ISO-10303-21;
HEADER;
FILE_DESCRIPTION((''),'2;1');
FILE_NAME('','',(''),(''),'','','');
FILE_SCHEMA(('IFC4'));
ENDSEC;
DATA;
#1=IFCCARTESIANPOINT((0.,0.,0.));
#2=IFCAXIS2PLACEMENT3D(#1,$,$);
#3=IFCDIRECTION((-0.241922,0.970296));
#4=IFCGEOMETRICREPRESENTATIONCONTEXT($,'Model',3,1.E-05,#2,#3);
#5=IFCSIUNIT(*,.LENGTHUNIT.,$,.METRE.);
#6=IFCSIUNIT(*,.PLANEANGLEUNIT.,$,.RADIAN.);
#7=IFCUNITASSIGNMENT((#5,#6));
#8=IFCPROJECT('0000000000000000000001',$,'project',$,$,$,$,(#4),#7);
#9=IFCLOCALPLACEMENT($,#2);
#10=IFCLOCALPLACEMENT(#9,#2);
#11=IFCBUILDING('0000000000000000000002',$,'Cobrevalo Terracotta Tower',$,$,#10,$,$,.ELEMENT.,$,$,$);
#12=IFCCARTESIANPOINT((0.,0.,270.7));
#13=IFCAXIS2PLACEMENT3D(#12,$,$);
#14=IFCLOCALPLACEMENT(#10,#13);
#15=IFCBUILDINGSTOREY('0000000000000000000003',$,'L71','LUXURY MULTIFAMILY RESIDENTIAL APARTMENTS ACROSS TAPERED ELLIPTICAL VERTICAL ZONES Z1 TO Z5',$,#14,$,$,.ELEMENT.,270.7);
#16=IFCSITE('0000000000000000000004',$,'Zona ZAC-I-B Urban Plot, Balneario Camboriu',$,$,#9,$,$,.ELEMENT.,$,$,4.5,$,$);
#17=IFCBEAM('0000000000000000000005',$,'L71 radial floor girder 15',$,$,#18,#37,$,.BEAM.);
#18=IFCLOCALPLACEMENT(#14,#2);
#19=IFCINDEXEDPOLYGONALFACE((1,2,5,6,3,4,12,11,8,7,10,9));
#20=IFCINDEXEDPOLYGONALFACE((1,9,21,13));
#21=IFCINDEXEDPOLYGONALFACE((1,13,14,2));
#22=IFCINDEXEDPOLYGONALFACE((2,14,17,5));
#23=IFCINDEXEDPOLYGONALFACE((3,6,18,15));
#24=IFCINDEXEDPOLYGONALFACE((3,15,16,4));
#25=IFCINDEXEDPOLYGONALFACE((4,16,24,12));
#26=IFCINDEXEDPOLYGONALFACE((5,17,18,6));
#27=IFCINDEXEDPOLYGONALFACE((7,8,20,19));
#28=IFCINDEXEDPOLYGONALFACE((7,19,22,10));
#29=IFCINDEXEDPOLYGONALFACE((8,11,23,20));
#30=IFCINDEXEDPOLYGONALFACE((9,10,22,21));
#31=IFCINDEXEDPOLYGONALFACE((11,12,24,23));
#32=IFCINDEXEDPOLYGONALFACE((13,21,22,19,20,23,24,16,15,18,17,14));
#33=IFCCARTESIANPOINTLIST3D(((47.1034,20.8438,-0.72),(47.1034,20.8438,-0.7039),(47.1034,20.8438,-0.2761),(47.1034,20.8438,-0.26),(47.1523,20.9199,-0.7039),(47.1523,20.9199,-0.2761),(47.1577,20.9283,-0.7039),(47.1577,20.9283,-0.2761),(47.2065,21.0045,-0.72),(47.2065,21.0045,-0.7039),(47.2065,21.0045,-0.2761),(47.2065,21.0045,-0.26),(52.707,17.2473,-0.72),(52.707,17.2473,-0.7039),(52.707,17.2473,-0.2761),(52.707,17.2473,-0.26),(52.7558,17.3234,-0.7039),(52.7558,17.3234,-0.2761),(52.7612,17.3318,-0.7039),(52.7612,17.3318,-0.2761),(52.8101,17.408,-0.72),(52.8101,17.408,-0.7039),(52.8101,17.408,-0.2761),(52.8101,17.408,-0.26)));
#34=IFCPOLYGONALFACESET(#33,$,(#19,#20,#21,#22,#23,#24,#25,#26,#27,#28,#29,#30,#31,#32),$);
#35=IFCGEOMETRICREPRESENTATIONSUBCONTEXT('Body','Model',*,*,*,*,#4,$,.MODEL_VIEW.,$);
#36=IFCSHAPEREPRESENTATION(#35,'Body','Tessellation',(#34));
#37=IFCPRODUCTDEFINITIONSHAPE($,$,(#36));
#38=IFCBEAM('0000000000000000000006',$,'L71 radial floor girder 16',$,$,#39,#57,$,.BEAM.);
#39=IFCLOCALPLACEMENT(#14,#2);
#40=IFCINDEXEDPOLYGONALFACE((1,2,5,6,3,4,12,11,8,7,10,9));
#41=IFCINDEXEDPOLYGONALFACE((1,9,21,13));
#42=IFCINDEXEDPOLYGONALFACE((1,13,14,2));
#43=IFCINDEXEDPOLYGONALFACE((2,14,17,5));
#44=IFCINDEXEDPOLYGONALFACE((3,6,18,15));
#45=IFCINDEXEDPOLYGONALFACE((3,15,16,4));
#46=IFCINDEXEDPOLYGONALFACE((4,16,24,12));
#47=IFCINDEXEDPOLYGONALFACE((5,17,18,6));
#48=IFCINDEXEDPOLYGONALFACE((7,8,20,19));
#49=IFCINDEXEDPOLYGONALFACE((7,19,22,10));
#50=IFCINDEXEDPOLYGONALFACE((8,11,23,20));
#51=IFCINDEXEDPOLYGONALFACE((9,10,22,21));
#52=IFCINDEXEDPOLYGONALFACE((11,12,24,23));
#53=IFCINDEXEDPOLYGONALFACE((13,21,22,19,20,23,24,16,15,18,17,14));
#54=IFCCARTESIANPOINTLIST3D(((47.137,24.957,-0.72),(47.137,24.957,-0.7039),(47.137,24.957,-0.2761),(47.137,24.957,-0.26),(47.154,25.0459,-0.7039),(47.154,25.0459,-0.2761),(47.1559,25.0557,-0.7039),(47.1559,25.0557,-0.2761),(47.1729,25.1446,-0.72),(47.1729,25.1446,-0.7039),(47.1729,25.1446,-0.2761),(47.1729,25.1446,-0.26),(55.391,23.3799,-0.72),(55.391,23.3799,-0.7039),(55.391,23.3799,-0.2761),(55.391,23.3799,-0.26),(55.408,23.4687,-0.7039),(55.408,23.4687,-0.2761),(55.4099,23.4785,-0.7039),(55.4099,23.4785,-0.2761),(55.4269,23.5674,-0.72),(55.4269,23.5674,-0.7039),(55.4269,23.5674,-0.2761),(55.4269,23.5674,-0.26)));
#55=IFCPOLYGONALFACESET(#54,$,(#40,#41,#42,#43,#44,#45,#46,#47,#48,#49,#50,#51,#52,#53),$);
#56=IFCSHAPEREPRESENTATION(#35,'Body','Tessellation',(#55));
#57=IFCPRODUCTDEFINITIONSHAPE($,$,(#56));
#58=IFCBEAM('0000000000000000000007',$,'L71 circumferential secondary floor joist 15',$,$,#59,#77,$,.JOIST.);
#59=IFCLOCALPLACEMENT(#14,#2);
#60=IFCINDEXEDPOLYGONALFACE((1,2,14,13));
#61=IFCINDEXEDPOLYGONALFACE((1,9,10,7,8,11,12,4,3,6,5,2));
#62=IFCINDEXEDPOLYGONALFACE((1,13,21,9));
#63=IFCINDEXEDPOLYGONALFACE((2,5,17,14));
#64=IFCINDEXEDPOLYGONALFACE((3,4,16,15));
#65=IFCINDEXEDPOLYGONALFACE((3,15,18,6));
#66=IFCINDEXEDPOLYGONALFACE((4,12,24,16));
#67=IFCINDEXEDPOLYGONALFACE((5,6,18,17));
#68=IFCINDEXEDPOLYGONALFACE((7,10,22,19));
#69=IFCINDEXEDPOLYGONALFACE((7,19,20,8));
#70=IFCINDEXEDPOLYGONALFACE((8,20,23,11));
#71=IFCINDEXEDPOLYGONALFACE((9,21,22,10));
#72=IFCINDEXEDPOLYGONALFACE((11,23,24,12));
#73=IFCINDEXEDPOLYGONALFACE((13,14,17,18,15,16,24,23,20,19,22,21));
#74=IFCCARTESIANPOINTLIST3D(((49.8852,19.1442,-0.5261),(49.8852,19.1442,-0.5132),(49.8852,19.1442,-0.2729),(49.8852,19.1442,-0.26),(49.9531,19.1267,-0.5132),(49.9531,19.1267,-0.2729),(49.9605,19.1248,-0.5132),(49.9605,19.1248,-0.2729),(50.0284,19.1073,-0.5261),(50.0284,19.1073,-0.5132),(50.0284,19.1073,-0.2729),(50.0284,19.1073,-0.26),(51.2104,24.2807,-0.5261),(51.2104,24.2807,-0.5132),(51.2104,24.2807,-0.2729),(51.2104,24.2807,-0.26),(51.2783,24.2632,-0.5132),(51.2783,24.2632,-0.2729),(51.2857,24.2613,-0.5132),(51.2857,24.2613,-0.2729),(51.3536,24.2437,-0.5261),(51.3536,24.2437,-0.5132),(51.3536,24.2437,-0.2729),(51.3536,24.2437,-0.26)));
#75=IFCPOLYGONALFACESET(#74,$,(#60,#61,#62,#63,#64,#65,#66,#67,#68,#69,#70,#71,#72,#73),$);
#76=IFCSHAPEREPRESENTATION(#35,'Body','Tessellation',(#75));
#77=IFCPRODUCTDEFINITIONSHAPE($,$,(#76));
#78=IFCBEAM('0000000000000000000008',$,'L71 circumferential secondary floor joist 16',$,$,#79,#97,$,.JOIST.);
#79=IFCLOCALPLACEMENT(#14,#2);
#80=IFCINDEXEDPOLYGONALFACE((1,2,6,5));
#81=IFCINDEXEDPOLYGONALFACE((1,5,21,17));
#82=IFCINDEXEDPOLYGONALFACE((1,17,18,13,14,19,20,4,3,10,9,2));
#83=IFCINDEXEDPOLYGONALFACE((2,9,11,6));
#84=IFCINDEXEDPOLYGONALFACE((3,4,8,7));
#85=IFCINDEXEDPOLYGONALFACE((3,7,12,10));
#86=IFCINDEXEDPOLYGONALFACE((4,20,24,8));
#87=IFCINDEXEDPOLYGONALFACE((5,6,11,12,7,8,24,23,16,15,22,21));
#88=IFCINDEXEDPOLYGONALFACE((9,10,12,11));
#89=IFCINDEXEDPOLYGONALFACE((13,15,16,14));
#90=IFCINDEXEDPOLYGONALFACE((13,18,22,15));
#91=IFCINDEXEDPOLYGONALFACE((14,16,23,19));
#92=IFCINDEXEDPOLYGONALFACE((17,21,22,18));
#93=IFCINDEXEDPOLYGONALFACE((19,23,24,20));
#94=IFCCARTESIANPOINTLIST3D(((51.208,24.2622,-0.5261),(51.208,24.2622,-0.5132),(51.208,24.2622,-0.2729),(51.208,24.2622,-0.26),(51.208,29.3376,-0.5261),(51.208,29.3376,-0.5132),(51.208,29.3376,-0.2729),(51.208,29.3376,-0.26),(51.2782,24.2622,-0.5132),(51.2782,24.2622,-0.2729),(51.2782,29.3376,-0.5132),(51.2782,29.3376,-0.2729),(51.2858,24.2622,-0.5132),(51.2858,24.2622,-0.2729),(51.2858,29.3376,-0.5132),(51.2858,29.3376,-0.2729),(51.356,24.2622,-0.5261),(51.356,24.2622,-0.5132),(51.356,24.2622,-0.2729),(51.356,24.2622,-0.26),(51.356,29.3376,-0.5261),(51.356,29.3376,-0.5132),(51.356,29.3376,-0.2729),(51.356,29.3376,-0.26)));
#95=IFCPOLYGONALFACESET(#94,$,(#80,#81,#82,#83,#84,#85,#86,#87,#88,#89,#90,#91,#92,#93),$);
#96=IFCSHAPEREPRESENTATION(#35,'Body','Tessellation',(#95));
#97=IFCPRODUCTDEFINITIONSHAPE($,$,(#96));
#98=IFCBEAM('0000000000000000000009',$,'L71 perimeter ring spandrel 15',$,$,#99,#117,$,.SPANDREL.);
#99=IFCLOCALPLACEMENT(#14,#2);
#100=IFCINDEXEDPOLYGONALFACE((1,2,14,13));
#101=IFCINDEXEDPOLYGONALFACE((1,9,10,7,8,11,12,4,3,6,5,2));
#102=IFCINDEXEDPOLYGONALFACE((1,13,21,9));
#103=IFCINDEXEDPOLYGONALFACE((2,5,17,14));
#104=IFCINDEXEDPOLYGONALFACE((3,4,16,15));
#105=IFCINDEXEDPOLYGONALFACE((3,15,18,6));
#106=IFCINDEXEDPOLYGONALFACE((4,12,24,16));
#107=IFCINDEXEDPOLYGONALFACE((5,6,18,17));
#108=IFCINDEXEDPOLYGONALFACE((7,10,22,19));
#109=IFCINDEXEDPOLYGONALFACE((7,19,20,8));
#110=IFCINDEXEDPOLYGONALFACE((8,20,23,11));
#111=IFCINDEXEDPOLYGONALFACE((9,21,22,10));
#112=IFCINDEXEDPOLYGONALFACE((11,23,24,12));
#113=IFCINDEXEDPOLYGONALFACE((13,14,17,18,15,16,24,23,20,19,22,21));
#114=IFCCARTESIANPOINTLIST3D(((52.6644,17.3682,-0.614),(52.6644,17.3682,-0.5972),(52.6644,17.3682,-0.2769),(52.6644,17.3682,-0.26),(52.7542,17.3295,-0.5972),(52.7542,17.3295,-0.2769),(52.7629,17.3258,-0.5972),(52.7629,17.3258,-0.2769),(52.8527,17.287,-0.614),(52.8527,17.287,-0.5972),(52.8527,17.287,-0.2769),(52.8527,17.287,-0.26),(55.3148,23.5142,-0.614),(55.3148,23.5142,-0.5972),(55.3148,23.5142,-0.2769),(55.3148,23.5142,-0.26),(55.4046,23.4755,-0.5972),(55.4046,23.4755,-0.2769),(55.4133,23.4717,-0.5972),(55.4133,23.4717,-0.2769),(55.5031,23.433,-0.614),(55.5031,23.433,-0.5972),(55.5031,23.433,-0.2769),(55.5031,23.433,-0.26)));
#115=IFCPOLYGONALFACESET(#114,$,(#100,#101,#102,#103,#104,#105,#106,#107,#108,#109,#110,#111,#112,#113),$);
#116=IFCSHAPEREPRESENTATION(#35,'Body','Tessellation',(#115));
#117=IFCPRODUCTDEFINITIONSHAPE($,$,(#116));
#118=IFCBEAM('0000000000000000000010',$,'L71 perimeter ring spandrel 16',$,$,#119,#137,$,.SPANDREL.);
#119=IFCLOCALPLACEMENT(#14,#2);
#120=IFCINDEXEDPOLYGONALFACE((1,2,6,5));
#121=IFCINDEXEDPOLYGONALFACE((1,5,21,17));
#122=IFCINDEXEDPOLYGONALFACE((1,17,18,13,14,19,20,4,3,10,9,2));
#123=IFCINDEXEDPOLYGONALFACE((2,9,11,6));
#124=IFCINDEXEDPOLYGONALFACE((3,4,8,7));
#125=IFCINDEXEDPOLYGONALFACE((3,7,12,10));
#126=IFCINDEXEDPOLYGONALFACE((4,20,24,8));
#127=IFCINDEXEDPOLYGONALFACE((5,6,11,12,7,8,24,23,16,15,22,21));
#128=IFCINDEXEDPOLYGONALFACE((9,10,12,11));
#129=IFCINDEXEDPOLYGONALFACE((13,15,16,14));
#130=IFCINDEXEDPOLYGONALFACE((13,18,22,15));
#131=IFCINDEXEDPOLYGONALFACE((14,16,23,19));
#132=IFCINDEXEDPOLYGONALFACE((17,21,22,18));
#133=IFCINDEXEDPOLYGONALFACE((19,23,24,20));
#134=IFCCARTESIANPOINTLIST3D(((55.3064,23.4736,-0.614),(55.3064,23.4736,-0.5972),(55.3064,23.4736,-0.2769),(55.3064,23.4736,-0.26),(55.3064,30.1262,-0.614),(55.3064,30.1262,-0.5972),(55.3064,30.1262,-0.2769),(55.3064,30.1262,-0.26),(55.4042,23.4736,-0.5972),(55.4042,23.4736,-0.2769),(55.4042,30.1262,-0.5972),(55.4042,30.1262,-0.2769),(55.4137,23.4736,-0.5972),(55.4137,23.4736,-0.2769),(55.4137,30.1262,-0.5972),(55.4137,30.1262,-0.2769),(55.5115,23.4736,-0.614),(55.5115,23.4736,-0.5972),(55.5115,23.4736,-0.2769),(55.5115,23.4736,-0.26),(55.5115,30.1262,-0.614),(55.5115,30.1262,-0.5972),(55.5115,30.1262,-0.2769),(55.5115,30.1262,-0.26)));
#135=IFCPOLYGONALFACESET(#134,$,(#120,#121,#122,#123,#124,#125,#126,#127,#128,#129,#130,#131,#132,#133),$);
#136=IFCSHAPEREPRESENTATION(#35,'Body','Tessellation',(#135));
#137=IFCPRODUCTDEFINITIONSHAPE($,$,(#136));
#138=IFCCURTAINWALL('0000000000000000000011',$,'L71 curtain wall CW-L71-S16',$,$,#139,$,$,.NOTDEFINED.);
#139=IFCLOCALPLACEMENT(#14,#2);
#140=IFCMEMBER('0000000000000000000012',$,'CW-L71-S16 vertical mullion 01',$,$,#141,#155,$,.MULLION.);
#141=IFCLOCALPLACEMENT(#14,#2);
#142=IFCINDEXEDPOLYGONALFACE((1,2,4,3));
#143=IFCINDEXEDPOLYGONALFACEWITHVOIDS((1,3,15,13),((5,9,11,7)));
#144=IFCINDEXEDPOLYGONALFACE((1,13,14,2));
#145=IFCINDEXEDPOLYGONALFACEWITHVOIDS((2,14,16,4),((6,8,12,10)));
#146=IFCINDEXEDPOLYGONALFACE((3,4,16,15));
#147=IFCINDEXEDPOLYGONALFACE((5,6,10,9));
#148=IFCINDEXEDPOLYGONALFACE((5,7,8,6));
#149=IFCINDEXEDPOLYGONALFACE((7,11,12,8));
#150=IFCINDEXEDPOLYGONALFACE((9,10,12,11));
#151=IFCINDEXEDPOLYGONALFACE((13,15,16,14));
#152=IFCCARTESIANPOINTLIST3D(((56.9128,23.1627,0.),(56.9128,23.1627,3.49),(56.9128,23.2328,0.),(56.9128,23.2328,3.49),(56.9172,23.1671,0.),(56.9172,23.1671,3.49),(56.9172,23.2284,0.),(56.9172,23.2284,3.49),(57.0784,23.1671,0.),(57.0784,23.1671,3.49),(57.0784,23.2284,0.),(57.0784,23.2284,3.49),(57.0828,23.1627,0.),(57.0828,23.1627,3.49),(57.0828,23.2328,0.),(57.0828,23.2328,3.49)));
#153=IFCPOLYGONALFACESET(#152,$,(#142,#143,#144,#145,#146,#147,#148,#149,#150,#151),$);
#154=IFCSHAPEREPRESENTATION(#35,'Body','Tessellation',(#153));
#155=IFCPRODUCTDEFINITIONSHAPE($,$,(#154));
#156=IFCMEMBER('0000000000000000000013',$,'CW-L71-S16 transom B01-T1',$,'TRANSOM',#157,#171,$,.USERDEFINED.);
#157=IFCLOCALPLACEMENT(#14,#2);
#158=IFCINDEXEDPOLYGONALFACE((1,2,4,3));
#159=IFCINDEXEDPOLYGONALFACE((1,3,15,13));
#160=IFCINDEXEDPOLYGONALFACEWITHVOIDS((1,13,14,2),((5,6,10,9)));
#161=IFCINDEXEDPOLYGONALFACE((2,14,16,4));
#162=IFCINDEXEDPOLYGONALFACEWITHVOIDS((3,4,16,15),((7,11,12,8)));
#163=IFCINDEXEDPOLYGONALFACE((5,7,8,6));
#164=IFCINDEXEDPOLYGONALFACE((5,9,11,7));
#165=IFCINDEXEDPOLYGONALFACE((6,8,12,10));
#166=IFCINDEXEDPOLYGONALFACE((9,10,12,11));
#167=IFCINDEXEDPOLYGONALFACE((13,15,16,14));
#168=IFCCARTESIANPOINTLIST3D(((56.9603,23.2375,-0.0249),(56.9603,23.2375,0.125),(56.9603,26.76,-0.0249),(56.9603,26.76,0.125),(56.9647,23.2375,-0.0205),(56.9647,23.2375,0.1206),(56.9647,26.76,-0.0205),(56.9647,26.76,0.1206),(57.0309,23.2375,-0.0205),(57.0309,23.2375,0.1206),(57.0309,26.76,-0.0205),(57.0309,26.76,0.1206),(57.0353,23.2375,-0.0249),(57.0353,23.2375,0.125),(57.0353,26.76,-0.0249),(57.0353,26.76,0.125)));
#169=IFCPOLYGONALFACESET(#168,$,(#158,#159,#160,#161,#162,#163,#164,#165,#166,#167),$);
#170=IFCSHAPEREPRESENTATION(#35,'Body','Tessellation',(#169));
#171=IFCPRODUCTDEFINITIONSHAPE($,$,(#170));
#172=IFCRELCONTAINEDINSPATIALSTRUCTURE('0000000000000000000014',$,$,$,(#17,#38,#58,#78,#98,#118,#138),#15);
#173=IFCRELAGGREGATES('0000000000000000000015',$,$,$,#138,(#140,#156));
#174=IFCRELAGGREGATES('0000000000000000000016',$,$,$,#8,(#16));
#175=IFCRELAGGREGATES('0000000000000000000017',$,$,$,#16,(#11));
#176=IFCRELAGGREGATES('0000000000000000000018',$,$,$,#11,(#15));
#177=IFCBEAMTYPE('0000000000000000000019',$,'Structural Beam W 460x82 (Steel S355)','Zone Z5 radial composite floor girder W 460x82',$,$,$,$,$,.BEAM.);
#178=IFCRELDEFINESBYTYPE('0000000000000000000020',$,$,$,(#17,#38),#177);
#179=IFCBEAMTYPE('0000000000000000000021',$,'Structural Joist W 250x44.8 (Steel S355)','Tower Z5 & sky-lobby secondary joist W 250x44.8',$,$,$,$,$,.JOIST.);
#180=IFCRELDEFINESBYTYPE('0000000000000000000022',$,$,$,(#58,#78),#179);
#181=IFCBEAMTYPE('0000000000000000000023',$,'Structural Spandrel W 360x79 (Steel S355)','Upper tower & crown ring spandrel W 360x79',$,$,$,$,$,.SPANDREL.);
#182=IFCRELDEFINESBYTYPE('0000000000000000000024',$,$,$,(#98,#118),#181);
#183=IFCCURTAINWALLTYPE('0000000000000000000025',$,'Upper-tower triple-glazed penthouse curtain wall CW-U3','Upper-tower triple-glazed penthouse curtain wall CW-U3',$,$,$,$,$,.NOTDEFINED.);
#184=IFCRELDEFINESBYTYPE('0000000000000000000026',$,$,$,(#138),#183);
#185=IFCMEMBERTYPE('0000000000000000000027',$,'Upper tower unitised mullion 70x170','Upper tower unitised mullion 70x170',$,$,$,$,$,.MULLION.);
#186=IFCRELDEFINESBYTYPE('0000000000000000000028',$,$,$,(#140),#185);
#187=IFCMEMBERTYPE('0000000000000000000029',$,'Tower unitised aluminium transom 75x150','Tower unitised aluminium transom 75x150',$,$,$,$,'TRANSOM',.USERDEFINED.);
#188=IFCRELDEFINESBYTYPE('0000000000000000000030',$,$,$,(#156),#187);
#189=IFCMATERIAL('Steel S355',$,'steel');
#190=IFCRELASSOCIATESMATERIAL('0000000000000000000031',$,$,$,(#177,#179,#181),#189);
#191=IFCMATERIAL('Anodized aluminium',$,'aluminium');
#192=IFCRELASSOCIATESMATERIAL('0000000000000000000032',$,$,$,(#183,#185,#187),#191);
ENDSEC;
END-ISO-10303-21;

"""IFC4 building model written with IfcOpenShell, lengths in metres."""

from ifc_helpers import new_model, si_unit, direction, frame, origin, origin_2d, place, context, subcontext, project, spatial, hollow_rectangle, i_section, extrude, source, transform, mapped, material, material_profile, profile_set, type_object, element, aggregate, save


model = new_model("IFC4")

# Units and contexts
model_context = context("Model", 3, precision=1e-05, world=origin(), true_north=direction((-0.241922, 0.970296)))
body_context = subcontext(model_context, "Body", "Model", "MODEL_VIEW")
ifc_project = project(units=[si_unit("LENGTHUNIT", "METRE"), si_unit("PLANEANGLEUNIT", "RADIAN")], contexts=[model_context])

# Site, building, storey
site_placement = place(None, origin())
site = spatial("IfcSite", under=ifc_project, at=site_placement, Name="Zona ZAC-I-B Urban Plot, Balneario Camboriu", CompositionType="ELEMENT", RefElevation=4.5)
building_placement = place(site_placement, origin())
building = spatial("IfcBuilding", under=site, at=building_placement, Name="Cobrevalo Terracotta Tower", CompositionType="ELEMENT")
storey_placement = place(building_placement, frame((0.0, 0.0, 270.7)))
storey = spatial("IfcBuildingStorey", under=building, at=storey_placement, Name="L71", Description="LUXURY MULTIFAMILY RESIDENTIAL APARTMENTS ACROSS TAPERED ELLIPTICAL VERTICAL ZONES Z1 TO Z5", CompositionType="ELEMENT", Elevation=270.7)

# Shared definitions
ifc_material_1 = material(Name="Steel S355", Category="steel")

# Beams
ifc_material_profile_1 = material_profile(ifc_material_1, i_section(OverallWidth=0.1909, OverallDepth=0.46, WebThickness=0.01, FlangeThickness=0.0161, at=origin_2d()), Name="W 460x82")
ifc_profile_set_1 = profile_set([ifc_material_profile_1], Name="Steel S355")
beam_type_1 = type_object("IfcBeamType", Name="Structural Beam W 460x82 (Steel S355)", Description="Zone Z5 radial composite floor girder W 460x82", PredefinedType="BEAM", material=ifc_profile_set_1)
beam_1_placement = place(storey_placement, frame((52.7585, 17.3276, -0.49), z_axis=(-0.841576, 0.540138, 0.0), x_axis=(-0.540138, -0.841576, 0.0)))
element("IfcBeam", 1, at=beam_1_placement, inside=storey, type_object=beam_type_1, Name="L71 radial floor girder 15", PredefinedType="BEAM", context=body_context, shape_type="SweptSolid", body=[
    extrude(i_section(OverallWidth=0.1909, OverallDepth=0.46, WebThickness=0.01, FlangeThickness=0.0161, at=origin_2d()), origin(), (0.0, 0.0, 1.0), 6.6584),
])
beam_2_placement = place(storey_placement, frame((55.4089, 23.4736, -0.49), z_axis=(-0.98223, 0.187683, 0.0), x_axis=(-0.187683, -0.98223, 0.0)))
element("IfcBeam", 2, at=beam_2_placement, inside=storey, type_object=beam_type_1, Name="L71 radial floor girder 16", PredefinedType="BEAM", context=body_context, shape_type="SweptSolid", body=[
    extrude(i_section(OverallWidth=0.1909, OverallDepth=0.46, WebThickness=0.01, FlangeThickness=0.0161, at=origin_2d()), origin(), (0.0, 0.0, 1.0), 8.4033),
])
ifc_material_profile_2 = material_profile(ifc_material_1, i_section(OverallWidth=0.1479, OverallDepth=0.2661, WebThickness=0.0076, FlangeThickness=0.0129, at=origin_2d()), Name="W 250x44.8")
ifc_profile_set_2 = profile_set([ifc_material_profile_2], Name="Steel S355")
beam_type_2 = type_object("IfcBeamType", Name="Structural Joist W 250x44.8 (Steel S355)", Description="Tower Z5 & sky-lobby secondary joist W 250x44.8", PredefinedType="JOIST", material=ifc_profile_set_2)
beam_3_placement = place(storey_placement, frame((49.9568, 19.1257, -0.3931), z_axis=(0.249817, 0.968293, 0.0), x_axis=(-0.968293, 0.249817, 0.0)))
element("IfcBeam", 3, at=beam_3_placement, inside=storey, type_object=beam_type_2, Name="L71 circumferential secondary floor joist 15", PredefinedType="JOIST", context=body_context, shape_type="SweptSolid", body=[
    extrude(i_section(OverallWidth=0.1479, OverallDepth=0.2661, WebThickness=0.0076, FlangeThickness=0.0129, at=origin_2d()), origin(), (0.0, 0.0, 1.0), 5.3047),
])
beam_4_placement = place(storey_placement, frame((51.282, 24.2622, -0.3931), z_axis=(0.0, 1.0, 0.0), x_axis=(-1.0, 0.0, 0.0)))
element("IfcBeam", 4, at=beam_4_placement, inside=storey, type_object=beam_type_2, Name="L71 circumferential secondary floor joist 16", PredefinedType="JOIST", context=body_context, shape_type="SweptSolid", body=[
    extrude(i_section(OverallWidth=0.1479, OverallDepth=0.2661, WebThickness=0.0076, FlangeThickness=0.0129, at=origin_2d()), origin(), (0.0, 0.0, 1.0), 5.0754),
])
ifc_material_profile_3 = material_profile(ifc_material_1, i_section(OverallWidth=0.2051, OverallDepth=0.354, WebThickness=0.0095, FlangeThickness=0.0168, at=origin_2d()), Name="W 360x79")
ifc_profile_set_3 = profile_set([ifc_material_profile_3], Name="Steel S355")
beam_type_3 = type_object("IfcBeamType", Name="Structural Spandrel W 360x79 (Steel S355)", Description="Upper tower & crown ring spandrel W 360x79", PredefinedType="SPANDREL", material=ifc_profile_set_3)
beam_5_placement = place(storey_placement, frame((52.7585, 17.3276, -0.437), z_axis=(0.395987, 0.918256, 0.0), x_axis=(-0.918256, 0.395987, 0.0)))
element("IfcBeam", 5, at=beam_5_placement, inside=storey, type_object=beam_type_3, Name="L71 perimeter ring spandrel 15", PredefinedType="SPANDREL", context=body_context, shape_type="SweptSolid", body=[
    extrude(i_section(OverallWidth=0.2051, OverallDepth=0.354, WebThickness=0.0095, FlangeThickness=0.0168, at=origin_2d()), origin(), (0.0, 0.0, 1.0), 6.6931),
])
beam_6_placement = place(storey_placement, frame((55.4089, 23.4736, -0.437), z_axis=(0.0, 1.0, 0.0), x_axis=(-1.0, 0.0, 0.0)))
element("IfcBeam", 6, at=beam_6_placement, inside=storey, type_object=beam_type_3, Name="L71 perimeter ring spandrel 16", PredefinedType="SPANDREL", context=body_context, shape_type="SweptSolid", body=[
    extrude(i_section(OverallWidth=0.2051, OverallDepth=0.354, WebThickness=0.0095, FlangeThickness=0.0168, at=origin_2d()), origin(), (0.0, 0.0, 1.0), 6.6526),
])

# Curtain wall, members
ifc_material_2 = material(Name="Anodized aluminium", Category="aluminium")
curtain_wall_type = type_object("IfcCurtainWallType", Name="Upper-tower triple-glazed penthouse curtain wall CW-U3", Description="Upper-tower triple-glazed penthouse curtain wall CW-U3", PredefinedType="NOTDEFINED", material=ifc_material_2)
curtain_wall_placement = place(storey_placement, origin())
curtain_wall = element("IfcCurtainWall", 7, at=curtain_wall_placement, inside=storey, type_object=curtain_wall_type, Name="L71 curtain wall CW-L71-S16", PredefinedType="NOTDEFINED")
ifc_material_profile_4 = material_profile(ifc_material_2, hollow_rectangle(XDim=0.0701, YDim=0.1699, WallThickness=0.0044, at=origin_2d()), Name="CWM 70x170")
ifc_profile_set_4 = profile_set([ifc_material_profile_4], Name="Anodized aluminium")
member_type_1 = type_object("IfcMemberType", Name="Upper tower unitised mullion 70x170", Description="Upper tower unitised mullion 70x170", PredefinedType="MULLION", material=ifc_profile_set_4)
shared_shape_1 = source(origin(), body_context, "Body", "SweptSolid", [
    extrude(hollow_rectangle(XDim=0.0701, YDim=0.1699, WallThickness=0.0044, at=origin_2d()), origin(), (0.0, 0.0, 1.0), 3.49),
])
member_1_placement = place(storey_placement, frame((56.9978, 23.1978, 0.0), z_axis=(0.0, 0.0, 1.0), x_axis=(0.0, 1.0, 0.0)))
member_1 = element("IfcMember", 8, at=member_1_placement, type_object=member_type_1, Name="CW-L71-S16 vertical mullion 01", PredefinedType="MULLION", context=body_context, shape_type="MappedRepresentation", body=[
    mapped(shared_shape_1, transform((0.0, 0.0, 0.0), scale=1.0)),
])
ifc_material_profile_5 = material_profile(ifc_material_2, hollow_rectangle(XDim=0.075, YDim=0.1499, WallThickness=0.0044, at=origin_2d()), Name="CWT 75x150")
ifc_profile_set_5 = profile_set([ifc_material_profile_5], Name="Anodized aluminium")
member_type_2 = type_object("IfcMemberType", Name="Tower unitised aluminium transom 75x150", Description="Tower unitised aluminium transom 75x150", ElementType="TRANSOM", PredefinedType="USERDEFINED", material=ifc_profile_set_5)
shared_shape_2 = source(origin(), body_context, "Body", "SweptSolid", [
    extrude(hollow_rectangle(XDim=0.075, YDim=0.1499, WallThickness=0.0044, at=origin_2d()), origin(), (0.0, 0.0, 1.0), 3.5225),
])
member_2_placement = place(storey_placement, frame((56.9978, 23.2375, 0.05), z_axis=(0.0, 1.0, 0.0), x_axis=(-1.0, 0.0, 0.0)))
member_2 = element("IfcMember", 9, at=member_2_placement, type_object=member_type_2, Name="CW-L71-S16 transom B01-T1", ObjectType="TRANSOM", PredefinedType="USERDEFINED", context=body_context, shape_type="MappedRepresentation", body=[
    mapped(shared_shape_2, transform((0.0, 0.0, 0.0), scale=1.0)),
])
aggregate(curtain_wall, [member_1, member_2])

save(model, "model.ifc")
